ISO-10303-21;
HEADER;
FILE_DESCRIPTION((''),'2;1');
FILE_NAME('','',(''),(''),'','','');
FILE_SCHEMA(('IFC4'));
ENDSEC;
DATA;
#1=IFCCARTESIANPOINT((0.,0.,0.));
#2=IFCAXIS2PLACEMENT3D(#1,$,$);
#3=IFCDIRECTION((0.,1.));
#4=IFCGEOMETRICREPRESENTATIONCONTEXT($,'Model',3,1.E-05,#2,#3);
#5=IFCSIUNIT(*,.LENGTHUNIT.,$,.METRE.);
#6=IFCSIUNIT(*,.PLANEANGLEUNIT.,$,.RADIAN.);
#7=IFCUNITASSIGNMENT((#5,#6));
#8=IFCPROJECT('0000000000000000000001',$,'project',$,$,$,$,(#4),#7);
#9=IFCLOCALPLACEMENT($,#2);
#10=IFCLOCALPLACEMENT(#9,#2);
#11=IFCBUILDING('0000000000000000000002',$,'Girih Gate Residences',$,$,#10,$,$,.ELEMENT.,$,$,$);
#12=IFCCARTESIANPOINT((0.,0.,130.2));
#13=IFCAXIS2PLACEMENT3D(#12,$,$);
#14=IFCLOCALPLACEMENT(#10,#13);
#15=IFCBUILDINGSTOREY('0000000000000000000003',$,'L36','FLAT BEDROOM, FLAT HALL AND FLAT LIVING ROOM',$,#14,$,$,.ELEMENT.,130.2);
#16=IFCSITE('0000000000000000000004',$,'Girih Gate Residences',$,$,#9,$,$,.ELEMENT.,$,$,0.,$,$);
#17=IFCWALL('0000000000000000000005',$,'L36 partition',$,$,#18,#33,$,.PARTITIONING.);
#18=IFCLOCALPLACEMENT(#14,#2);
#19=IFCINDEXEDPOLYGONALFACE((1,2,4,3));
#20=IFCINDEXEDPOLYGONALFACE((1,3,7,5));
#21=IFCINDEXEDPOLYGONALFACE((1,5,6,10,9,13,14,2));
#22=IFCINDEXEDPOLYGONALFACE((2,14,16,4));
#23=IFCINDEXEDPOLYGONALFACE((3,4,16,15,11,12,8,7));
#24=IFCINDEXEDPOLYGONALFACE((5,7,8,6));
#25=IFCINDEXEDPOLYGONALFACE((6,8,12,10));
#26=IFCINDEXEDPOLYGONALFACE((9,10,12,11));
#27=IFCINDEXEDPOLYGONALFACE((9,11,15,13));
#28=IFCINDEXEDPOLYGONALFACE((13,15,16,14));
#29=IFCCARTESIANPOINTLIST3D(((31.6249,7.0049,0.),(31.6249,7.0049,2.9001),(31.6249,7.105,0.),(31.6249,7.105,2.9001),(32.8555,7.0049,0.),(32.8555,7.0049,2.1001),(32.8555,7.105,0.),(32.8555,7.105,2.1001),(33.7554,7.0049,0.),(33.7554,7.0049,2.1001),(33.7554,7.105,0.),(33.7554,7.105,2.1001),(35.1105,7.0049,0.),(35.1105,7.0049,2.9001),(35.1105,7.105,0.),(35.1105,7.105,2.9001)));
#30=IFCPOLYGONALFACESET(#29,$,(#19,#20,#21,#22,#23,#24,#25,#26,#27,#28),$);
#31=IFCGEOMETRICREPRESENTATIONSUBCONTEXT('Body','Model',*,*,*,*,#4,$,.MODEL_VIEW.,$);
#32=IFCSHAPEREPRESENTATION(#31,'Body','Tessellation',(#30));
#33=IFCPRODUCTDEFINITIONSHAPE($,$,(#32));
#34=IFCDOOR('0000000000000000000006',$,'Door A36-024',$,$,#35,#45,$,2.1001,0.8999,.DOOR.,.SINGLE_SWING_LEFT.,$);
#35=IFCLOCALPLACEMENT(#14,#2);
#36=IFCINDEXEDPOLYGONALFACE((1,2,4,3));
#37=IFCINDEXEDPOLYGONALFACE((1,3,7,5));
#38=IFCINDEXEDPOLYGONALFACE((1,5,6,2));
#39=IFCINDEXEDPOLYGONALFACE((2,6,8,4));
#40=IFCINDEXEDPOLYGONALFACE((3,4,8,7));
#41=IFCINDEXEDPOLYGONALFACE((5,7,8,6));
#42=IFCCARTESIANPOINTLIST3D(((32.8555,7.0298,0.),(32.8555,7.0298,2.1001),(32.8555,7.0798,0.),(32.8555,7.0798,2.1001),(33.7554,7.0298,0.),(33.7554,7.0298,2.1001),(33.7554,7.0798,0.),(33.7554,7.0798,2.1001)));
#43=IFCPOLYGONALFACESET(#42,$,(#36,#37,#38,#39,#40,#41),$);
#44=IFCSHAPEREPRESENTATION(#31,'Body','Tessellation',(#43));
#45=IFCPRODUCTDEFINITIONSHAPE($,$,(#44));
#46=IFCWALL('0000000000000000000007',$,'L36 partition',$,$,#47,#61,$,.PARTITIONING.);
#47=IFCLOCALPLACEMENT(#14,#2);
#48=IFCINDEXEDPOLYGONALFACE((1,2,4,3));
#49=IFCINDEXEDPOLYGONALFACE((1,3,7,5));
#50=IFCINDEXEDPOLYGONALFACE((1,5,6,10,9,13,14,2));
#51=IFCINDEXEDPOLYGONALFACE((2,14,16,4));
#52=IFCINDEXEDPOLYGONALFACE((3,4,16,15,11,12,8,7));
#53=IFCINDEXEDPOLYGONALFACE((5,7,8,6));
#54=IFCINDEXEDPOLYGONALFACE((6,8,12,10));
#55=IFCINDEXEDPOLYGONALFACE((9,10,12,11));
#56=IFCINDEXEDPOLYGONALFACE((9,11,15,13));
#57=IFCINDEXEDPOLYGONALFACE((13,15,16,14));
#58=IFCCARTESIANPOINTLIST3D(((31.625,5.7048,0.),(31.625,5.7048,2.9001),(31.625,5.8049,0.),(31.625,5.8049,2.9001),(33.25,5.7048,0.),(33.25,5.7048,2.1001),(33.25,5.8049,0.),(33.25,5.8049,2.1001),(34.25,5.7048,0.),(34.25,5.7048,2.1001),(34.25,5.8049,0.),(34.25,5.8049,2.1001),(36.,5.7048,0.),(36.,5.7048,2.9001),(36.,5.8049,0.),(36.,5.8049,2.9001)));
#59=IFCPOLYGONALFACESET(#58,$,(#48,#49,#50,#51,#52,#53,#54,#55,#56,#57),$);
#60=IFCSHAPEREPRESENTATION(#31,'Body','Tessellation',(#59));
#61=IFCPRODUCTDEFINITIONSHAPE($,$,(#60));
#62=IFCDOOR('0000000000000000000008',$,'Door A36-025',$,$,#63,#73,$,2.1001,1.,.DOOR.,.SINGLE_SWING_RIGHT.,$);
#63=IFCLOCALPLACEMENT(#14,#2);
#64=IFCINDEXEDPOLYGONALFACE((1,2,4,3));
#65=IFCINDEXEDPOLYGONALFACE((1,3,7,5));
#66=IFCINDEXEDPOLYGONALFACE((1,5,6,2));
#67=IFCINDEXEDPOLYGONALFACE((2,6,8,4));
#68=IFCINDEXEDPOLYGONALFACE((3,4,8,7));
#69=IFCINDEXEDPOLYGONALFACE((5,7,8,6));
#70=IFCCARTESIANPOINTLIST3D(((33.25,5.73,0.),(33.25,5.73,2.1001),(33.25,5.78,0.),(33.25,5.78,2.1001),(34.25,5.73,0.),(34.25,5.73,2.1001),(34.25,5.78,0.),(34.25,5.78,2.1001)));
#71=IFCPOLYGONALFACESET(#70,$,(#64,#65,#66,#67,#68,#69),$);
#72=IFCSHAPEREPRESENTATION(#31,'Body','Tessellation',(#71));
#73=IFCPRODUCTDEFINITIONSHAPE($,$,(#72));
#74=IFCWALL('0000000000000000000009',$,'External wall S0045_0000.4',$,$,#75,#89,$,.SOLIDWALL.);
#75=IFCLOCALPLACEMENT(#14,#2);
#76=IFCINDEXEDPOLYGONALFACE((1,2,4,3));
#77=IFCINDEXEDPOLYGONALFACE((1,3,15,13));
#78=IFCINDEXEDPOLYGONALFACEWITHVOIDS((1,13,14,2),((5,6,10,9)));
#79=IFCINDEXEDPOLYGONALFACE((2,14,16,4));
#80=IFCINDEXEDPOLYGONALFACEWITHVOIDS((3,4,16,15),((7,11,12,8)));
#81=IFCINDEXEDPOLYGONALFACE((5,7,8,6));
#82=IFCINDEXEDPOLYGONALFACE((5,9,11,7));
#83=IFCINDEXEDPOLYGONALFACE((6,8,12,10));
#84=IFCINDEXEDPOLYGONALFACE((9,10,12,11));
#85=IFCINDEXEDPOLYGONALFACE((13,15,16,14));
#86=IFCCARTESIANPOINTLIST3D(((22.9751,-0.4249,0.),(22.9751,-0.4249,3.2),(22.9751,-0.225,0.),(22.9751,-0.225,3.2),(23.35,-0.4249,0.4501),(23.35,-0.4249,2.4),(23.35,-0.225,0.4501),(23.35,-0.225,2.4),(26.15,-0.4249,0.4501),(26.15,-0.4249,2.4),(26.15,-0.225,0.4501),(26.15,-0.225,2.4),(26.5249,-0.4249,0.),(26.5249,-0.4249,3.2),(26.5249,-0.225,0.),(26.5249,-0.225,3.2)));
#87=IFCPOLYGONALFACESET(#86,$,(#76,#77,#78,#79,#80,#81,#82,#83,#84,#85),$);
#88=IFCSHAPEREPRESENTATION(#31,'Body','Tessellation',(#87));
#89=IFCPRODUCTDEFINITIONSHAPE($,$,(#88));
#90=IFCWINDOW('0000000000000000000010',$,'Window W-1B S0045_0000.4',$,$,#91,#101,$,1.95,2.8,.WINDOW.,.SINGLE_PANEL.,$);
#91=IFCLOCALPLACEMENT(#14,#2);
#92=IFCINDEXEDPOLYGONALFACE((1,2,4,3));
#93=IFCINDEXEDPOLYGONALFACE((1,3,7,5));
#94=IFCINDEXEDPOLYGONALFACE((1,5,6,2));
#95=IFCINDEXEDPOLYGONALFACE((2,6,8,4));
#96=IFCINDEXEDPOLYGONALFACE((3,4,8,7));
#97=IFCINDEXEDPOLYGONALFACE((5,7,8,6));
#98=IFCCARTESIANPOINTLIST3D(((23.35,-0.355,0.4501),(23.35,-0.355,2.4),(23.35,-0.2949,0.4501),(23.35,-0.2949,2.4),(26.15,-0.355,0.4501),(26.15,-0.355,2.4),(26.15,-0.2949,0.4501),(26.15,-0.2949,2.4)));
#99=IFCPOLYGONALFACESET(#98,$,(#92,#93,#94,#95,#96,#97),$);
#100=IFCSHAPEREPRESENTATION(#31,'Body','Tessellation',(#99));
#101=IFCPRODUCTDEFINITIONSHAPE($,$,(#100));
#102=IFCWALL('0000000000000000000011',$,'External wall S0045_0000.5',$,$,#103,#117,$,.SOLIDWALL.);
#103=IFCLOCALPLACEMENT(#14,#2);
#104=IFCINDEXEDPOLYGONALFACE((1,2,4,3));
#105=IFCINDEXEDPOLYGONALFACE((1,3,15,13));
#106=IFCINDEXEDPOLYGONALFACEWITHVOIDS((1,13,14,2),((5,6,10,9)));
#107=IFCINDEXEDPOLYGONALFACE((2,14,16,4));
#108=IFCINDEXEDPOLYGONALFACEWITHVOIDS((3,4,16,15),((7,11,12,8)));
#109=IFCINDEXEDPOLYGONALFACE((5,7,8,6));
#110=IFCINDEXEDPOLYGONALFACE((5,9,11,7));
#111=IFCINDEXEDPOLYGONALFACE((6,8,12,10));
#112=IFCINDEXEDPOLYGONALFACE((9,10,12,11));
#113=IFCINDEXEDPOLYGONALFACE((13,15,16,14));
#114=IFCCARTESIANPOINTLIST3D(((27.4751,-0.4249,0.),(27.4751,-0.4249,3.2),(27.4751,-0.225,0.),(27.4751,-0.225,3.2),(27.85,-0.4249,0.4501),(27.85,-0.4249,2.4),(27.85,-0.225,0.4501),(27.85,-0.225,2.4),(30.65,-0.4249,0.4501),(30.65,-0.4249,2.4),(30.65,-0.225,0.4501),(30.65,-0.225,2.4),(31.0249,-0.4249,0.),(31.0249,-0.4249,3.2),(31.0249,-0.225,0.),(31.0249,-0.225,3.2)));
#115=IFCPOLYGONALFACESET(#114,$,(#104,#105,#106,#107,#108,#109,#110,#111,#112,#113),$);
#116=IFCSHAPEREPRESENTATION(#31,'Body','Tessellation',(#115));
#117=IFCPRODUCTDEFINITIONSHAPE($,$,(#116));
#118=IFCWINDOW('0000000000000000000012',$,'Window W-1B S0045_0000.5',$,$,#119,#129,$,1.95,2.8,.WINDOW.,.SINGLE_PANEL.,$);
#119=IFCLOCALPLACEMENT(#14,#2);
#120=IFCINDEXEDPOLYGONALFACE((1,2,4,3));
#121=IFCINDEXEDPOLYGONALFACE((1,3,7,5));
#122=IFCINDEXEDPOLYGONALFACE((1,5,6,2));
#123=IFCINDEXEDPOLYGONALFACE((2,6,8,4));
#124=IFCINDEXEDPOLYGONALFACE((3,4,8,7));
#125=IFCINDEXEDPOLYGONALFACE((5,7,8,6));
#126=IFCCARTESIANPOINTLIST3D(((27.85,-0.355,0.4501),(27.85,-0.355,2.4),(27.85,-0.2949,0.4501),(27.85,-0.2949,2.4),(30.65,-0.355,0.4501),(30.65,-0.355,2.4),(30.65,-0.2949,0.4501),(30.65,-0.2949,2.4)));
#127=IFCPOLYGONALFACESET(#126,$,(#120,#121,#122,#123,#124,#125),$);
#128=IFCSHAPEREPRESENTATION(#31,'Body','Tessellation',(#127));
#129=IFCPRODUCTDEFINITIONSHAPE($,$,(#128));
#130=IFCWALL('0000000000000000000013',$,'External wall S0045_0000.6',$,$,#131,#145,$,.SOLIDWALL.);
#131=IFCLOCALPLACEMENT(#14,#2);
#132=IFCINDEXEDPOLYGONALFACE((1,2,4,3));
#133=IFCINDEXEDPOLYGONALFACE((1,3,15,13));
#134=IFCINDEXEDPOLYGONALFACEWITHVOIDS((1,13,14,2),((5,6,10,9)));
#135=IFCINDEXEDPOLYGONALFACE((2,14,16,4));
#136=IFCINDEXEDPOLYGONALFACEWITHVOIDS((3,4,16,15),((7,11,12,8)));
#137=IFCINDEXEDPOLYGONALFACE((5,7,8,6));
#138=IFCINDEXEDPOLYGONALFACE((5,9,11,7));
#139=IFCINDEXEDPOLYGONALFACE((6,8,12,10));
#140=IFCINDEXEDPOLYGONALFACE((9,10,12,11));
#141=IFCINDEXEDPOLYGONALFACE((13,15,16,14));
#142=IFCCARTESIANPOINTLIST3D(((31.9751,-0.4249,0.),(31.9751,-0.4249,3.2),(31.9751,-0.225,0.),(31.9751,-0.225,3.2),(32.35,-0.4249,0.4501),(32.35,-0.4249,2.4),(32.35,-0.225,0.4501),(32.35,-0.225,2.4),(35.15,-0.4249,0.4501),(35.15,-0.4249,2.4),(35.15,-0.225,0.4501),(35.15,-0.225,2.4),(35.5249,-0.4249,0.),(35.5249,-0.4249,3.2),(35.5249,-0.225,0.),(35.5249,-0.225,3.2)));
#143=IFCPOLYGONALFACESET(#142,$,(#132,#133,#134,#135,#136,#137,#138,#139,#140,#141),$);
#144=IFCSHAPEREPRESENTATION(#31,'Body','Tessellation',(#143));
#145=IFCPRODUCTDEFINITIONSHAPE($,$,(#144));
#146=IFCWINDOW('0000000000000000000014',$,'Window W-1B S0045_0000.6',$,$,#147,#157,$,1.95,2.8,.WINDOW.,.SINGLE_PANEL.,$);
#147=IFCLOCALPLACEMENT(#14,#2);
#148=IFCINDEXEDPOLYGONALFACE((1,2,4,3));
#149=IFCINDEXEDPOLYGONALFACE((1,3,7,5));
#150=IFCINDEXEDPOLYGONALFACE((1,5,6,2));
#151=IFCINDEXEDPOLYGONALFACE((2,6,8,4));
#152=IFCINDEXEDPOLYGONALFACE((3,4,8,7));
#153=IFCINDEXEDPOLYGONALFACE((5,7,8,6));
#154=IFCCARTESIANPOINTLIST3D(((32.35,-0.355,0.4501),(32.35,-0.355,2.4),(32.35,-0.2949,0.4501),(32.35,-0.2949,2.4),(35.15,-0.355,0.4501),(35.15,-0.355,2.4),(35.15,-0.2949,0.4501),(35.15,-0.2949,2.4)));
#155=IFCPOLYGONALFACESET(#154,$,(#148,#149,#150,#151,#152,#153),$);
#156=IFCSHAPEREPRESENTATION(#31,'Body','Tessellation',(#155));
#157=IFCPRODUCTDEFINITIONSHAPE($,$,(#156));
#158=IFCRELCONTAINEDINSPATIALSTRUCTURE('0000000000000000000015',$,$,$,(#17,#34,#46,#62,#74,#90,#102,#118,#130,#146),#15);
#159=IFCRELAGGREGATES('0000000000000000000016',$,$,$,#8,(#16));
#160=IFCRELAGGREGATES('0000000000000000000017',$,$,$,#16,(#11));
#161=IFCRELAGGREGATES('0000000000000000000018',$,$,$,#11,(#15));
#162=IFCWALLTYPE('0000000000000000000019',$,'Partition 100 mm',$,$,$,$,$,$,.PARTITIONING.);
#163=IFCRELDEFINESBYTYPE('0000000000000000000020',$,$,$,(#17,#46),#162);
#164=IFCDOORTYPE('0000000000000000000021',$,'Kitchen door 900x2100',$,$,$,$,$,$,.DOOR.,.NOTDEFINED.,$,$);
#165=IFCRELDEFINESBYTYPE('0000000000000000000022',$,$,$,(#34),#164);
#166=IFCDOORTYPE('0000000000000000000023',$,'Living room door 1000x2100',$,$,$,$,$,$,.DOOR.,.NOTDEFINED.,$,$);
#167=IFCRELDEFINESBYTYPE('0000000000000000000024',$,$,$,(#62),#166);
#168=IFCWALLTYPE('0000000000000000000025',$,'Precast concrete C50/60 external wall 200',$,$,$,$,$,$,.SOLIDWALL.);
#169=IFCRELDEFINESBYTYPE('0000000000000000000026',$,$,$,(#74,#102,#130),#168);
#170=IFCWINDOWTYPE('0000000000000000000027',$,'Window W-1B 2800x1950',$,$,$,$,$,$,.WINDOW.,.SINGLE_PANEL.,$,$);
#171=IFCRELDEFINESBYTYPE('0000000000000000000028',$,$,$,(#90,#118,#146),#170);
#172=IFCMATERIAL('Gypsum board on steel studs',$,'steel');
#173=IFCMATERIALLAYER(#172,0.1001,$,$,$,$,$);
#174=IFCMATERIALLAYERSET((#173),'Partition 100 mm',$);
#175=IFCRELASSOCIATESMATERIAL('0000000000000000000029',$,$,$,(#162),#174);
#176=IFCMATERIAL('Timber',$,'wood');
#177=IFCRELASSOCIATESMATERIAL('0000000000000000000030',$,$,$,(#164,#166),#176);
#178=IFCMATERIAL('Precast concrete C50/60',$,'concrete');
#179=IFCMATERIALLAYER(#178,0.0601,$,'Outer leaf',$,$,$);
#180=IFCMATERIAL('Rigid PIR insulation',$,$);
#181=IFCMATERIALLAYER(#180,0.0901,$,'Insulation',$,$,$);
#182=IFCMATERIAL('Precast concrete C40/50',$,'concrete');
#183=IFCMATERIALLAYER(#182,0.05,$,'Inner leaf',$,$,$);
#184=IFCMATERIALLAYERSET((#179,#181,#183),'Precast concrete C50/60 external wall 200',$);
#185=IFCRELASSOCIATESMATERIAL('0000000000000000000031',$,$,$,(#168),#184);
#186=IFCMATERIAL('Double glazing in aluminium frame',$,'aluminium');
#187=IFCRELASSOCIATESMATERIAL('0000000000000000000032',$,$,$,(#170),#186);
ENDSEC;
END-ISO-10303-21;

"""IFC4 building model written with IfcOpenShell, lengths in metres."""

from ifc_helpers import new_model, si_unit, direction, frame, frame_2d, origin, place, context, subcontext, project, spatial, rectangle, extrude, material, layer, layer_set, type_object, element, fill, save


model = new_model("IFC4")

# Units and contexts
model_context = context("Model", 3, precision=1e-05, world=origin(), true_north=direction((0.0, 1.0)))
body_context = subcontext(model_context, "Body", "Model", "MODEL_VIEW")
ifc_project = project(units=[si_unit("LENGTHUNIT", "METRE"), si_unit("PLANEANGLEUNIT", "RADIAN")], contexts=[model_context])

# Site, building, storey
site_placement = place(None, origin())
site = spatial("IfcSite", under=ifc_project, at=site_placement, Name="Girih Gate Residences", CompositionType="ELEMENT", RefElevation=0.0)
building_placement = place(site_placement, origin())
building = spatial("IfcBuilding", under=site, at=building_placement, Name="Girih Gate Residences", CompositionType="ELEMENT")
storey_placement = place(building_placement, frame((0.0, 0.0, 130.2)))
storey = spatial("IfcBuildingStorey", under=building, at=storey_placement, Name="L36", Description="FLAT BEDROOM, FLAT HALL AND FLAT LIVING ROOM", CompositionType="ELEMENT", Elevation=130.2)

# Shared definitions
ifc_material_1 = material(Name="Gypsum board on steel studs", Category="steel")
ifc_layer_1 = layer(ifc_material_1, 0.1001)
ifc_layer_set_1 = layer_set([ifc_layer_1], Name="Partition 100 mm")
wall_type_1 = type_object("IfcWallType", Name="Partition 100 mm", PredefinedType="PARTITIONING", material=ifc_layer_set_1)

# Walls, openings, doors
wall_1_placement = place(storey_placement, frame((31.625, 7.0549, 0.0), z_axis=(0.0, 0.0, 1.0), x_axis=(1.0, 0.0, 0.0)))
wall_1 = element("IfcWall", 1, at=wall_1_placement, inside=storey, type_object=wall_type_1, Name="L36 partition", PredefinedType="PARTITIONING", context=body_context, shape_type="SweptSolid", body=[
    extrude(rectangle(XDim=3.4856, YDim=0.1001, at=frame_2d((1.7427, 0.0))), origin(), (0.0, 0.0, 1.0), 2.9001),
])
opening_1_placement = place(wall_1_placement, frame((1.2305, 0.0, 0.0)))
opening_1 = element("IfcOpeningElement", 2, at=opening_1_placement, cuts=wall_1, PredefinedType="OPENING", context=body_context, shape_type="SweptSolid", body=[
    extrude(rectangle(XDim=0.8999, YDim=2.1001, at=frame_2d((0.45, 1.05))), frame((0.0, 0.0601, 0.0), z_axis=(0.0, -1.0, 0.0), x_axis=(1.0, 0.0, 0.0)), (0.0, 0.0, 1.0), 0.1201),
])
ifc_material_2 = material(Name="Timber", Category="wood")
door_type_1 = type_object("IfcDoorType", Name="Kitchen door 900x2100", OperationType="NOTDEFINED", PredefinedType="DOOR", material=ifc_material_2)
door_1_placement = place(opening_1_placement, origin())
door_1 = element("IfcDoor", 3, at=door_1_placement, inside=storey, type_object=door_type_1, Name="Door A36-024", OperationType="SINGLE_SWING_LEFT", OverallHeight=2.1001, OverallWidth=0.8999, PredefinedType="DOOR", context=body_context, shape_type="SweptSolid", body=[
    extrude(rectangle(XDim=0.8999, YDim=2.1001, at=frame_2d((0.45, 1.05))), frame((0.0, 0.0249, 0.0), z_axis=(0.0, -1.0, 0.0), x_axis=(1.0, 0.0, 0.0)), (0.0, 0.0, 1.0), 0.05),
])
fill(opening_1, door_1)
wall_2_placement = place(storey_placement, frame((36.0, 5.7549, 0.0), z_axis=(0.0, 0.0, 1.0), x_axis=(-1.0, 0.0, 0.0)))
wall_2 = element("IfcWall", 4, at=wall_2_placement, inside=storey, type_object=wall_type_1, Name="L36 partition", PredefinedType="PARTITIONING", context=body_context, shape_type="SweptSolid", body=[
    extrude(rectangle(XDim=4.375, YDim=0.1001, at=frame_2d((2.1875, 0.0))), origin(), (0.0, 0.0, 1.0), 2.9001),
])
opening_2_placement = place(wall_2_placement, frame((1.75, 0.0, 0.0)))
opening_2 = element("IfcOpeningElement", 5, at=opening_2_placement, cuts=wall_2, PredefinedType="OPENING", context=body_context, shape_type="SweptSolid", body=[
    extrude(rectangle(XDim=1.0, YDim=2.1001, at=frame_2d((0.5, 1.05))), frame((0.0, 0.0601, 0.0), z_axis=(0.0, -1.0, 0.0), x_axis=(1.0, 0.0, 0.0)), (0.0, 0.0, 1.0), 0.1201),
])
door_type_2 = type_object("IfcDoorType", Name="Living room door 1000x2100", OperationType="NOTDEFINED", PredefinedType="DOOR", material=ifc_material_2)
door_2_placement = place(opening_2_placement, origin())
door_2 = element("IfcDoor", 6, at=door_2_placement, inside=storey, type_object=door_type_2, Name="Door A36-025", OperationType="SINGLE_SWING_RIGHT", OverallHeight=2.1001, OverallWidth=1.0, PredefinedType="DOOR", context=body_context, shape_type="SweptSolid", body=[
    extrude(rectangle(XDim=1.0, YDim=2.1001, at=frame_2d((0.5, 1.05))), frame((0.0, 0.0249, 0.0), z_axis=(0.0, -1.0, 0.0), x_axis=(1.0, 0.0, 0.0)), (0.0, 0.0, 1.0), 0.05),
])
fill(opening_2, door_2)

# Walls, openings, windows
ifc_material_3 = material(Name="Precast concrete C50/60", Category="concrete")
ifc_layer_2 = layer(ifc_material_3, 0.0601, Name="Outer leaf")
ifc_material_4 = material(Name="Rigid PIR insulation")
ifc_layer_3 = layer(ifc_material_4, 0.0901, Name="Insulation")
ifc_material_5 = material(Name="Precast concrete C40/50", Category="concrete")
ifc_layer_4 = layer(ifc_material_5, 0.05, Name="Inner leaf")
ifc_layer_set_2 = layer_set([ifc_layer_2, ifc_layer_3, ifc_layer_4], Name="Precast concrete C50/60 external wall 200")
wall_type_2 = type_object("IfcWallType", Name="Precast concrete C50/60 external wall 200", PredefinedType="SOLIDWALL", material=ifc_layer_set_2)
wall_3_placement = place(storey_placement, frame((26.5249, -0.325, 0.0), z_axis=(0.0, 0.0, 1.0), x_axis=(-1.0, 0.0, 0.0)))
wall_3 = element("IfcWall", 7, at=wall_3_placement, inside=storey, type_object=wall_type_2, Name="External wall S0045_0000.4", PredefinedType="SOLIDWALL", context=body_context, shape_type="SweptSolid", body=[
    extrude(rectangle(XDim=3.5498, YDim=0.2, at=frame_2d((1.7749, 0.0))), origin(), (0.0, 0.0, 1.0), 3.2),
])
opening_3_placement = place(wall_3_placement, frame((0.375, 0.0, 0.45)))
opening_3 = element("IfcOpeningElement", 8, at=opening_3_placement, cuts=wall_3, PredefinedType="OPENING", context=body_context, shape_type="SweptSolid", body=[
    extrude(rectangle(XDim=2.8, YDim=1.95, at=frame_2d((1.3999, 0.9751))), frame((0.0, 0.1099, 0.0), z_axis=(0.0, -1.0, 0.0), x_axis=(1.0, 0.0, 0.0)), (0.0, 0.0, 1.0), 0.22),
])
ifc_material_6 = material(Name="Double glazing in aluminium frame", Category="aluminium")
window_type = type_object("IfcWindowType", Name="Window W-1B 2800x1950", PartitioningType="SINGLE_PANEL", PredefinedType="WINDOW", material=ifc_material_6)
window_1_placement = place(opening_3_placement, origin())
window_1 = element("IfcWindow", 9, at=window_1_placement, inside=storey, type_object=window_type, Name="Window W-1B S0045_0000.4", OverallHeight=1.95, OverallWidth=2.8, PartitioningType="SINGLE_PANEL", PredefinedType="WINDOW", context=body_context, shape_type="SweptSolid", body=[
    extrude(rectangle(XDim=2.8, YDim=1.95, at=frame_2d((1.3999, 0.9751))), frame((0.0, 0.03, 0.0), z_axis=(0.0, -1.0, 0.0), x_axis=(1.0, 0.0, 0.0)), (0.0, 0.0, 1.0), 0.0601),
])
fill(opening_3, window_1)
wall_4_placement = place(storey_placement, frame((31.0249, -0.325, 0.0), z_axis=(0.0, 0.0, 1.0), x_axis=(-1.0, 0.0, 0.0)))
wall_4 = element("IfcWall", 10, at=wall_4_placement, inside=storey, type_object=wall_type_2, Name="External wall S0045_0000.5", PredefinedType="SOLIDWALL", context=body_context, shape_type="SweptSolid", body=[
    extrude(rectangle(XDim=3.5498, YDim=0.2, at=frame_2d((1.7749, 0.0))), origin(), (0.0, 0.0, 1.0), 3.2),
])
opening_4_placement = place(wall_4_placement, frame((0.375, 0.0, 0.45)))
opening_4 = element("IfcOpeningElement", 11, at=opening_4_placement, cuts=wall_4, PredefinedType="OPENING", context=body_context, shape_type="SweptSolid", body=[
    extrude(rectangle(XDim=2.8, YDim=1.95, at=frame_2d((1.3999, 0.9751))), frame((0.0, 0.1099, 0.0), z_axis=(0.0, -1.0, 0.0), x_axis=(1.0, 0.0, 0.0)), (0.0, 0.0, 1.0), 0.22),
])
window_2_placement = place(opening_4_placement, origin())
window_2 = element("IfcWindow", 12, at=window_2_placement, inside=storey, type_object=window_type, Name="Window W-1B S0045_0000.5", OverallHeight=1.95, OverallWidth=2.8, PartitioningType="SINGLE_PANEL", PredefinedType="WINDOW", context=body_context, shape_type="SweptSolid", body=[
    extrude(rectangle(XDim=2.8, YDim=1.95, at=frame_2d((1.3999, 0.9751))), frame((0.0, 0.03, 0.0), z_axis=(0.0, -1.0, 0.0), x_axis=(1.0, 0.0, 0.0)), (0.0, 0.0, 1.0), 0.0601),
])
fill(opening_4, window_2)
wall_5_placement = place(storey_placement, frame((35.5249, -0.325, 0.0), z_axis=(0.0, 0.0, 1.0), x_axis=(-1.0, 0.0, 0.0)))
wall_5 = element("IfcWall", 13, at=wall_5_placement, inside=storey, type_object=wall_type_2, Name="External wall S0045_0000.6", PredefinedType="SOLIDWALL", context=body_context, shape_type="SweptSolid", body=[
    extrude(rectangle(XDim=3.5498, YDim=0.2, at=frame_2d((1.7749, 0.0))), origin(), (0.0, 0.0, 1.0), 3.2),
])
opening_5_placement = place(wall_5_placement, frame((0.375, 0.0, 0.45)))
opening_5 = element("IfcOpeningElement", 14, at=opening_5_placement, cuts=wall_5, PredefinedType="OPENING", context=body_context, shape_type="SweptSolid", body=[
    extrude(rectangle(XDim=2.8, YDim=1.95, at=frame_2d((1.3999, 0.9751))), frame((0.0, 0.1099, 0.0), z_axis=(0.0, -1.0, 0.0), x_axis=(1.0, 0.0, 0.0)), (0.0, 0.0, 1.0), 0.22),
])
window_3_placement = place(opening_5_placement, origin())
window_3 = element("IfcWindow", 15, at=window_3_placement, inside=storey, type_object=window_type, Name="Window W-1B S0045_0000.6", OverallHeight=1.95, OverallWidth=2.8, PartitioningType="SINGLE_PANEL", PredefinedType="WINDOW", context=body_context, shape_type="SweptSolid", body=[
    extrude(rectangle(XDim=2.8, YDim=1.95, at=frame_2d((1.3999, 0.9751))), frame((0.0, 0.03, 0.0), z_axis=(0.0, -1.0, 0.0), x_axis=(1.0, 0.0, 0.0)), (0.0, 0.0, 1.0), 0.0601),
])
fill(opening_5, window_3)

save(model, "model.ifc")
